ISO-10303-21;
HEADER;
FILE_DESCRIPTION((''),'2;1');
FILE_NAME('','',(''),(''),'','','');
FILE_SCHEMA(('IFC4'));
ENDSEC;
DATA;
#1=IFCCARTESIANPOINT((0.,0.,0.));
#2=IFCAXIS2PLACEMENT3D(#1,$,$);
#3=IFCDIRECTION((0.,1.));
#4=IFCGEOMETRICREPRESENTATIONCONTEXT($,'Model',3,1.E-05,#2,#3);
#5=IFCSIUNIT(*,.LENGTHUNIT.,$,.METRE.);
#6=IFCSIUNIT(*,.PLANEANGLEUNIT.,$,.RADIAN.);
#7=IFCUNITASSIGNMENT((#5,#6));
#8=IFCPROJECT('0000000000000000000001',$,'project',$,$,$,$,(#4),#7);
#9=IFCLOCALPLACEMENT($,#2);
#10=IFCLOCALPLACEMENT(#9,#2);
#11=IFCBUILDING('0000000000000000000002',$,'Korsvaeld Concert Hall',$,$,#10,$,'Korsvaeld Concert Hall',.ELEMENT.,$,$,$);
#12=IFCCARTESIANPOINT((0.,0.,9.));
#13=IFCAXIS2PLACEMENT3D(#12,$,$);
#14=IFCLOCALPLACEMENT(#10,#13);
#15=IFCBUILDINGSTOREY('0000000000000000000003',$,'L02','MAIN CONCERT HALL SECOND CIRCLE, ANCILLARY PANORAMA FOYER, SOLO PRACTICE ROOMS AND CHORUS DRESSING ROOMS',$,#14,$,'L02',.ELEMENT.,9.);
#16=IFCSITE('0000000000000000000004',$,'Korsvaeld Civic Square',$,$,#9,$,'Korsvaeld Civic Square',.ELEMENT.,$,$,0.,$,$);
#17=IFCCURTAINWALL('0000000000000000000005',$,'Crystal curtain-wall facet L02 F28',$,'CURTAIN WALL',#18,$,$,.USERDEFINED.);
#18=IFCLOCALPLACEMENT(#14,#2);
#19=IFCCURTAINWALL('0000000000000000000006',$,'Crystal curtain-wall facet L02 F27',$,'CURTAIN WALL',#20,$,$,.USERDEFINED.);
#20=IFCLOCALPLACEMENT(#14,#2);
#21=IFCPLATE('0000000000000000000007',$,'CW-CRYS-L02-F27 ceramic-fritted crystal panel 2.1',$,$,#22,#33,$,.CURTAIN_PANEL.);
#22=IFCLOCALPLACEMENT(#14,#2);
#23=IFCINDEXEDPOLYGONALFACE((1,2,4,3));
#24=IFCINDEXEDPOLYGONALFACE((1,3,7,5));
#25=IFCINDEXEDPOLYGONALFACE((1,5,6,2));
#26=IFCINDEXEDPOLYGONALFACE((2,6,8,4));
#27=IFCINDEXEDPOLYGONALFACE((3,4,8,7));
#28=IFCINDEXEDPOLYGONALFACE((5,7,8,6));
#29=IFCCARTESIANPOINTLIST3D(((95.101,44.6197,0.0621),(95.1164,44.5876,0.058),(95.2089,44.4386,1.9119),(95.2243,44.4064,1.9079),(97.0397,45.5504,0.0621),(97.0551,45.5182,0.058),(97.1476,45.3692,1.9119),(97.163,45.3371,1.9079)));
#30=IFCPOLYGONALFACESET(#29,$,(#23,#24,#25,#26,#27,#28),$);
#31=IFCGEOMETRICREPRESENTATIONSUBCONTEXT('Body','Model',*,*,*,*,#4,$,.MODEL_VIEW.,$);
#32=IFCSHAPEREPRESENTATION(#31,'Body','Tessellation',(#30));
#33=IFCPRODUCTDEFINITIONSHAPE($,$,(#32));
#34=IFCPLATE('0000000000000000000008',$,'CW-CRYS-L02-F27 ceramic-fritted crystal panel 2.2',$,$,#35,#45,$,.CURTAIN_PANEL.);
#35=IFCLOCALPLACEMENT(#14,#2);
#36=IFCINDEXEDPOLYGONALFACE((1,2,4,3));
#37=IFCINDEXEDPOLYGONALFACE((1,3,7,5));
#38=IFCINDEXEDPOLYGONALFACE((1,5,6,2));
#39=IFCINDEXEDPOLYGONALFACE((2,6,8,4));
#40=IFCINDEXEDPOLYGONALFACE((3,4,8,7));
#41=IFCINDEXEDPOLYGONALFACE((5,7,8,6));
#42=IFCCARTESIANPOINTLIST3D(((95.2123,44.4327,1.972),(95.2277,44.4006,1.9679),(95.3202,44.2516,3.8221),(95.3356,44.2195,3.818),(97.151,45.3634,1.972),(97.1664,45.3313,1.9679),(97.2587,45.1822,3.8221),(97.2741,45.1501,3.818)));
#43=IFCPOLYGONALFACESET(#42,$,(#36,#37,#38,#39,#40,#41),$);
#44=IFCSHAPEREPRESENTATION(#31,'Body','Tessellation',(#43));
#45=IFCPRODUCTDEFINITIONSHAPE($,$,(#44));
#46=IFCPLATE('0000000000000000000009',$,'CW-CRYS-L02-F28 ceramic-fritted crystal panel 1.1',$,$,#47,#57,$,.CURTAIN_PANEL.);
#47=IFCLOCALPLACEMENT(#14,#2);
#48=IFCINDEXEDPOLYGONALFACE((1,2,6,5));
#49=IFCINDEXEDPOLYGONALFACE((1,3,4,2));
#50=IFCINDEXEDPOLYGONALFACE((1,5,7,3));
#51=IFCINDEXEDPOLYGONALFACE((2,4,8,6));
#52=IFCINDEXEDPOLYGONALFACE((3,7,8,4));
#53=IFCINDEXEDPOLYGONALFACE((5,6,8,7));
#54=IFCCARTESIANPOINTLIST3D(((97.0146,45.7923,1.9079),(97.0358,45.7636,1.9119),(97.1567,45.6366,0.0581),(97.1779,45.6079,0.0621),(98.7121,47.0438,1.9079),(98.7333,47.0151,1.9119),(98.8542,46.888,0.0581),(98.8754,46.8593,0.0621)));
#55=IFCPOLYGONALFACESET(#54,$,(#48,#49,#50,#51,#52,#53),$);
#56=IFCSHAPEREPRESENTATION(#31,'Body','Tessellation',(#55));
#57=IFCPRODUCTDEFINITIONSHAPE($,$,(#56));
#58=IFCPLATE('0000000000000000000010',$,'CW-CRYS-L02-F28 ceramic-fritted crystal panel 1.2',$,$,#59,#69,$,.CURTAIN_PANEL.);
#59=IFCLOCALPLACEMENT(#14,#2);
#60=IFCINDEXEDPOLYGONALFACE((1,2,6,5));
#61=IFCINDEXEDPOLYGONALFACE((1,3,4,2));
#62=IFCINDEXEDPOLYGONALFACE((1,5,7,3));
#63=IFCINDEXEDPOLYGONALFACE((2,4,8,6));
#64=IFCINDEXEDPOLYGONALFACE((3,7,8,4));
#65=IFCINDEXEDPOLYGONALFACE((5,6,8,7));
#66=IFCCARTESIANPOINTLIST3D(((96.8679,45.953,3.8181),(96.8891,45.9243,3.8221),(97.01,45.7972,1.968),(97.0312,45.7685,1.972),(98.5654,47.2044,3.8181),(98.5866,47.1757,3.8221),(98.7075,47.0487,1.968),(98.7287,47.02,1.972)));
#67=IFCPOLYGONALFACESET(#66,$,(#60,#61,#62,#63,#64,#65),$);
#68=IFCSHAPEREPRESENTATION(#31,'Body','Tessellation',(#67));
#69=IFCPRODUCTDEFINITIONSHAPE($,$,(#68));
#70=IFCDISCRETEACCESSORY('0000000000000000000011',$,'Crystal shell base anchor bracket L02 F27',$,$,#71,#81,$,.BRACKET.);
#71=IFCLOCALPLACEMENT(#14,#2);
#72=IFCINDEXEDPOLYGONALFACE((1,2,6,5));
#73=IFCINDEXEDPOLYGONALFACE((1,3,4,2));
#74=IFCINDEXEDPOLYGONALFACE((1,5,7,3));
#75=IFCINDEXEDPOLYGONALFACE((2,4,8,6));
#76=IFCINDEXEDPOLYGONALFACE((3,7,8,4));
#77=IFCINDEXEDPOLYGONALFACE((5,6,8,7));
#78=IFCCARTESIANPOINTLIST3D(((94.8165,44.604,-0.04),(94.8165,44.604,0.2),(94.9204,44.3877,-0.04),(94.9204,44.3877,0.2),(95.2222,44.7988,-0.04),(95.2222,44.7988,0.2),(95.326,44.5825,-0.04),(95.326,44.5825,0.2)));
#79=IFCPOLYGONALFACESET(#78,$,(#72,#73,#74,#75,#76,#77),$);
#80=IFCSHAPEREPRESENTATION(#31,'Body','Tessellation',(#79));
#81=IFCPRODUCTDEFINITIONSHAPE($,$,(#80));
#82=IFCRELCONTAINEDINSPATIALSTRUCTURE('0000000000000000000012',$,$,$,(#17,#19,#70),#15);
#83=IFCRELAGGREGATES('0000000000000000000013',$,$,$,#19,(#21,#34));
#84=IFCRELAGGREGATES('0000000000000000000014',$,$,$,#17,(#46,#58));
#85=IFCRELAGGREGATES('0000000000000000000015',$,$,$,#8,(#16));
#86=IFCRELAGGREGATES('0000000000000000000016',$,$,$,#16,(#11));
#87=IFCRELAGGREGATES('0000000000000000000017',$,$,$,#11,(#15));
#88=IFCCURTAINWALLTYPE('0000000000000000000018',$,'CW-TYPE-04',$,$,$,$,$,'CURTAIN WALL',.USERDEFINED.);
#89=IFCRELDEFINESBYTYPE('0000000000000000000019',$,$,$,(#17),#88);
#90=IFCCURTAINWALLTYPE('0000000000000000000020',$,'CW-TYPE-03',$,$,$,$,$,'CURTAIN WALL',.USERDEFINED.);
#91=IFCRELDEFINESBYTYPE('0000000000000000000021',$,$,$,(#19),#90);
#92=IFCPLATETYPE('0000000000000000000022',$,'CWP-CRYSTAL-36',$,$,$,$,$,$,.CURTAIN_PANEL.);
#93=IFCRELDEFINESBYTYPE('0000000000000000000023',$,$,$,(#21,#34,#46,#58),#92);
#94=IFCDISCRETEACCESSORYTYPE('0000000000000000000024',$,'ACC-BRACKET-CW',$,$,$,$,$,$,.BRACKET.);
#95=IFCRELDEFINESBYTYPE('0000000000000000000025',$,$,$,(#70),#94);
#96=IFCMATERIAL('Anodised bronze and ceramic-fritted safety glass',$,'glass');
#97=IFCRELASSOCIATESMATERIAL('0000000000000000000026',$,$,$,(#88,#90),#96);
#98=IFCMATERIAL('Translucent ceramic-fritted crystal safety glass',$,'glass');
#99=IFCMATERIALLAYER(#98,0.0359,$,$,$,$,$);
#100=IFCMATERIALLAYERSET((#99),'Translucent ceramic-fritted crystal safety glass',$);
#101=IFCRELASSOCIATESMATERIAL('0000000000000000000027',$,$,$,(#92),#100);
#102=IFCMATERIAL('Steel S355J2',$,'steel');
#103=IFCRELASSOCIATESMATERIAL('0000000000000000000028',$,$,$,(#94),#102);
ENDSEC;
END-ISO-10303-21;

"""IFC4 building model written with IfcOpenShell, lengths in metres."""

from ifc_helpers import new_model, si_unit, direction, frame, origin, origin_2d, place, context, subcontext, project, spatial, polyline, rectangle, outline, extrude, material, layer, layer_set, type_object, element, aggregate, save


model = new_model("IFC4")

# Units and contexts
model_context = context("Model", 3, precision=1e-05, world=origin(), true_north=direction((0.0, 1.0)))
body_context = subcontext(model_context, "Body", "Model", "MODEL_VIEW")
ifc_project = project(units=[si_unit("LENGTHUNIT", "METRE"), si_unit("PLANEANGLEUNIT", "RADIAN")], contexts=[model_context])

# Site, building, storey
site_placement = place(None, origin())
site = spatial("IfcSite", under=ifc_project, at=site_placement, Name="Korsvaeld Civic Square", LongName="Korsvaeld Civic Square", CompositionType="ELEMENT", RefElevation=0.0)
building_placement = place(site_placement, origin())
building = spatial("IfcBuilding", under=site, at=building_placement, Name="Korsvaeld Concert Hall", LongName="Korsvaeld Concert Hall", CompositionType="ELEMENT")
storey_placement = place(building_placement, frame((0.0, 0.0, 9.0)))
storey = spatial("IfcBuildingStorey", under=building, at=storey_placement, Name="L02", Description="MAIN CONCERT HALL SECOND CIRCLE, ANCILLARY PANORAMA FOYER, SOLO PRACTICE ROOMS AND CHORUS DRESSING ROOMS", LongName="L02", CompositionType="ELEMENT", Elevation=9.0)

# Curtain wall
ifc_material_1 = material(Name="Anodised bronze and ceramic-fritted safety glass", Category="glass")
curtain_wall_type_1 = type_object("IfcCurtainWallType", Name="CW-TYPE-04", ElementType="CURTAIN WALL", PredefinedType="USERDEFINED", material=ifc_material_1)
curtain_wall_1_placement = place(storey_placement, origin())
curtain_wall_1 = element("IfcCurtainWall", 1, at=curtain_wall_1_placement, inside=storey, type_object=curtain_wall_type_1, Name="Crystal curtain-wall facet L02 F28", ObjectType="CURTAIN WALL", PredefinedType="USERDEFINED")

# Curtain wall
curtain_wall_type_2 = type_object("IfcCurtainWallType", Name="CW-TYPE-03", ElementType="CURTAIN WALL", PredefinedType="USERDEFINED", material=ifc_material_1)
curtain_wall_2_placement = place(storey_placement, origin())
curtain_wall_2 = element("IfcCurtainWall", 2, at=curtain_wall_2_placement, inside=storey, type_object=curtain_wall_type_2, Name="Crystal curtain-wall facet L02 F27", ObjectType="CURTAIN WALL", PredefinedType="USERDEFINED")

# Plates
ifc_material_2 = material(Name="Translucent ceramic-fritted crystal safety glass", Category="glass")
ifc_layer_1 = layer(ifc_material_2, 0.0359)
ifc_layer_set_1 = layer_set([ifc_layer_1], Name="Translucent ceramic-fritted crystal safety glass")
plate_type_1 = type_object("IfcPlateType", Name="CWP-CRYSTAL-36", PredefinedType="CURTAIN_PANEL", material=ifc_layer_set_1)
plate_1_placement = place(storey_placement, frame((95.1086, 44.6038, 0.0601), z_axis=(0.429998, -0.895755, -0.112803), x_axis=(0.901509, 0.432761, 0.0)))
plate_1 = element("IfcPlate", 3, at=plate_1_placement, type_object=plate_type_1, Name="CW-CRYS-L02-F27 ceramic-fritted crystal panel 2.1", PredefinedType="CURTAIN_PANEL", context=body_context, shape_type="SweptSolid", body=[
    extrude(outline(polyline([(0.0, 0.0), (2.1505, 0.0), (2.1694, 1.8617), (0.0189, 1.8617), (0.0, 0.0)])), frame((0.0, 0.0, 0.0181)), (0.0, 0.0, -1.0), 0.0359),
])
plate_2_placement = place(storey_placement, frame((95.22, 44.4167, 1.97), z_axis=(0.430023, -0.895749, -0.112761), x_axis=(0.901498, 0.432782, 0.000003)))
plate_2 = element("IfcPlate", 4, at=plate_2_placement, type_object=plate_type_1, Name="CW-CRYS-L02-F27 ceramic-fritted crystal panel 2.2", PredefinedType="CURTAIN_PANEL", context=body_context, shape_type="SweptSolid", body=[
    extrude(outline(polyline([(0.0, 0.0), (2.1505, 0.0), (2.1692, 1.862), (0.0189, 1.862), (0.0, 0.0)])), frame((0.0, 0.0, 0.0181)), (0.0, 0.0, -1.0), 0.0359),
])
aggregate(curtain_wall_2, [plate_1, plate_2])
plate_3_placement = place(storey_placement, frame((97.1672, 45.6223, 0.0601), z_axis=(0.589628, -0.799783, 0.112634), x_axis=(0.804905, 0.593404, 0.0)))
plate_3 = element("IfcPlate", 5, at=plate_3_placement, type_object=plate_type_1, Name="CW-CRYS-L02-F28 ceramic-fritted crystal panel 1.1", PredefinedType="CURTAIN_PANEL", context=body_context, shape_type="SweptSolid", body=[
    extrude(outline(polyline([(0.0, 0.0), (2.109, 0.0), (2.087, 1.8617), (-0.0219, 1.8617), (0.0, 0.0)])), frame((0.0, 0.0, 0.0181)), (0.0, 0.0, -1.0), 0.0359),
])
plate_4_placement = place(storey_placement, frame((97.0205, 45.783, 1.97), z_axis=(0.589629, -0.799784, 0.112619), x_axis=(0.804905, 0.593404, 0.0)))
plate_4 = element("IfcPlate", 6, at=plate_4_placement, type_object=plate_type_1, Name="CW-CRYS-L02-F28 ceramic-fritted crystal panel 1.2", PredefinedType="CURTAIN_PANEL", context=body_context, shape_type="SweptSolid", body=[
    extrude(outline(polyline([(0.0, 0.0), (2.109, 0.0), (2.087, 1.8619), (-0.0219, 1.8619), (0.0, 0.0)])), frame((0.0, 0.0, 0.0181)), (0.0, 0.0, -1.0), 0.0359),
])
aggregate(curtain_wall_1, [plate_3, plate_4])

# Discrete accessory
ifc_material_3 = material(Name="Steel S355J2", Category="steel")
discrete_accessory_type = type_object("IfcDiscreteAccessoryType", Name="ACC-BRACKET-CW", PredefinedType="BRACKET", material=ifc_material_3)
discrete_accessory_placement = place(storey_placement, frame((95.0713, 44.5933, -0.04), z_axis=(0.0, 0.0, 1.0), x_axis=(0.901455, 0.432873, 0.0)))
element("IfcDiscreteAccessory", 7, at=discrete_accessory_placement, inside=storey, type_object=discrete_accessory_type, Name="Crystal shell base anchor bracket L02 F27", PredefinedType="BRACKET", context=body_context, shape_type="SweptSolid", body=[
    extrude(rectangle(XDim=0.45, YDim=0.24, at=origin_2d()), origin(), (0.0, 0.0, 1.0), 0.24),
])

save(model, "model.ifc")
